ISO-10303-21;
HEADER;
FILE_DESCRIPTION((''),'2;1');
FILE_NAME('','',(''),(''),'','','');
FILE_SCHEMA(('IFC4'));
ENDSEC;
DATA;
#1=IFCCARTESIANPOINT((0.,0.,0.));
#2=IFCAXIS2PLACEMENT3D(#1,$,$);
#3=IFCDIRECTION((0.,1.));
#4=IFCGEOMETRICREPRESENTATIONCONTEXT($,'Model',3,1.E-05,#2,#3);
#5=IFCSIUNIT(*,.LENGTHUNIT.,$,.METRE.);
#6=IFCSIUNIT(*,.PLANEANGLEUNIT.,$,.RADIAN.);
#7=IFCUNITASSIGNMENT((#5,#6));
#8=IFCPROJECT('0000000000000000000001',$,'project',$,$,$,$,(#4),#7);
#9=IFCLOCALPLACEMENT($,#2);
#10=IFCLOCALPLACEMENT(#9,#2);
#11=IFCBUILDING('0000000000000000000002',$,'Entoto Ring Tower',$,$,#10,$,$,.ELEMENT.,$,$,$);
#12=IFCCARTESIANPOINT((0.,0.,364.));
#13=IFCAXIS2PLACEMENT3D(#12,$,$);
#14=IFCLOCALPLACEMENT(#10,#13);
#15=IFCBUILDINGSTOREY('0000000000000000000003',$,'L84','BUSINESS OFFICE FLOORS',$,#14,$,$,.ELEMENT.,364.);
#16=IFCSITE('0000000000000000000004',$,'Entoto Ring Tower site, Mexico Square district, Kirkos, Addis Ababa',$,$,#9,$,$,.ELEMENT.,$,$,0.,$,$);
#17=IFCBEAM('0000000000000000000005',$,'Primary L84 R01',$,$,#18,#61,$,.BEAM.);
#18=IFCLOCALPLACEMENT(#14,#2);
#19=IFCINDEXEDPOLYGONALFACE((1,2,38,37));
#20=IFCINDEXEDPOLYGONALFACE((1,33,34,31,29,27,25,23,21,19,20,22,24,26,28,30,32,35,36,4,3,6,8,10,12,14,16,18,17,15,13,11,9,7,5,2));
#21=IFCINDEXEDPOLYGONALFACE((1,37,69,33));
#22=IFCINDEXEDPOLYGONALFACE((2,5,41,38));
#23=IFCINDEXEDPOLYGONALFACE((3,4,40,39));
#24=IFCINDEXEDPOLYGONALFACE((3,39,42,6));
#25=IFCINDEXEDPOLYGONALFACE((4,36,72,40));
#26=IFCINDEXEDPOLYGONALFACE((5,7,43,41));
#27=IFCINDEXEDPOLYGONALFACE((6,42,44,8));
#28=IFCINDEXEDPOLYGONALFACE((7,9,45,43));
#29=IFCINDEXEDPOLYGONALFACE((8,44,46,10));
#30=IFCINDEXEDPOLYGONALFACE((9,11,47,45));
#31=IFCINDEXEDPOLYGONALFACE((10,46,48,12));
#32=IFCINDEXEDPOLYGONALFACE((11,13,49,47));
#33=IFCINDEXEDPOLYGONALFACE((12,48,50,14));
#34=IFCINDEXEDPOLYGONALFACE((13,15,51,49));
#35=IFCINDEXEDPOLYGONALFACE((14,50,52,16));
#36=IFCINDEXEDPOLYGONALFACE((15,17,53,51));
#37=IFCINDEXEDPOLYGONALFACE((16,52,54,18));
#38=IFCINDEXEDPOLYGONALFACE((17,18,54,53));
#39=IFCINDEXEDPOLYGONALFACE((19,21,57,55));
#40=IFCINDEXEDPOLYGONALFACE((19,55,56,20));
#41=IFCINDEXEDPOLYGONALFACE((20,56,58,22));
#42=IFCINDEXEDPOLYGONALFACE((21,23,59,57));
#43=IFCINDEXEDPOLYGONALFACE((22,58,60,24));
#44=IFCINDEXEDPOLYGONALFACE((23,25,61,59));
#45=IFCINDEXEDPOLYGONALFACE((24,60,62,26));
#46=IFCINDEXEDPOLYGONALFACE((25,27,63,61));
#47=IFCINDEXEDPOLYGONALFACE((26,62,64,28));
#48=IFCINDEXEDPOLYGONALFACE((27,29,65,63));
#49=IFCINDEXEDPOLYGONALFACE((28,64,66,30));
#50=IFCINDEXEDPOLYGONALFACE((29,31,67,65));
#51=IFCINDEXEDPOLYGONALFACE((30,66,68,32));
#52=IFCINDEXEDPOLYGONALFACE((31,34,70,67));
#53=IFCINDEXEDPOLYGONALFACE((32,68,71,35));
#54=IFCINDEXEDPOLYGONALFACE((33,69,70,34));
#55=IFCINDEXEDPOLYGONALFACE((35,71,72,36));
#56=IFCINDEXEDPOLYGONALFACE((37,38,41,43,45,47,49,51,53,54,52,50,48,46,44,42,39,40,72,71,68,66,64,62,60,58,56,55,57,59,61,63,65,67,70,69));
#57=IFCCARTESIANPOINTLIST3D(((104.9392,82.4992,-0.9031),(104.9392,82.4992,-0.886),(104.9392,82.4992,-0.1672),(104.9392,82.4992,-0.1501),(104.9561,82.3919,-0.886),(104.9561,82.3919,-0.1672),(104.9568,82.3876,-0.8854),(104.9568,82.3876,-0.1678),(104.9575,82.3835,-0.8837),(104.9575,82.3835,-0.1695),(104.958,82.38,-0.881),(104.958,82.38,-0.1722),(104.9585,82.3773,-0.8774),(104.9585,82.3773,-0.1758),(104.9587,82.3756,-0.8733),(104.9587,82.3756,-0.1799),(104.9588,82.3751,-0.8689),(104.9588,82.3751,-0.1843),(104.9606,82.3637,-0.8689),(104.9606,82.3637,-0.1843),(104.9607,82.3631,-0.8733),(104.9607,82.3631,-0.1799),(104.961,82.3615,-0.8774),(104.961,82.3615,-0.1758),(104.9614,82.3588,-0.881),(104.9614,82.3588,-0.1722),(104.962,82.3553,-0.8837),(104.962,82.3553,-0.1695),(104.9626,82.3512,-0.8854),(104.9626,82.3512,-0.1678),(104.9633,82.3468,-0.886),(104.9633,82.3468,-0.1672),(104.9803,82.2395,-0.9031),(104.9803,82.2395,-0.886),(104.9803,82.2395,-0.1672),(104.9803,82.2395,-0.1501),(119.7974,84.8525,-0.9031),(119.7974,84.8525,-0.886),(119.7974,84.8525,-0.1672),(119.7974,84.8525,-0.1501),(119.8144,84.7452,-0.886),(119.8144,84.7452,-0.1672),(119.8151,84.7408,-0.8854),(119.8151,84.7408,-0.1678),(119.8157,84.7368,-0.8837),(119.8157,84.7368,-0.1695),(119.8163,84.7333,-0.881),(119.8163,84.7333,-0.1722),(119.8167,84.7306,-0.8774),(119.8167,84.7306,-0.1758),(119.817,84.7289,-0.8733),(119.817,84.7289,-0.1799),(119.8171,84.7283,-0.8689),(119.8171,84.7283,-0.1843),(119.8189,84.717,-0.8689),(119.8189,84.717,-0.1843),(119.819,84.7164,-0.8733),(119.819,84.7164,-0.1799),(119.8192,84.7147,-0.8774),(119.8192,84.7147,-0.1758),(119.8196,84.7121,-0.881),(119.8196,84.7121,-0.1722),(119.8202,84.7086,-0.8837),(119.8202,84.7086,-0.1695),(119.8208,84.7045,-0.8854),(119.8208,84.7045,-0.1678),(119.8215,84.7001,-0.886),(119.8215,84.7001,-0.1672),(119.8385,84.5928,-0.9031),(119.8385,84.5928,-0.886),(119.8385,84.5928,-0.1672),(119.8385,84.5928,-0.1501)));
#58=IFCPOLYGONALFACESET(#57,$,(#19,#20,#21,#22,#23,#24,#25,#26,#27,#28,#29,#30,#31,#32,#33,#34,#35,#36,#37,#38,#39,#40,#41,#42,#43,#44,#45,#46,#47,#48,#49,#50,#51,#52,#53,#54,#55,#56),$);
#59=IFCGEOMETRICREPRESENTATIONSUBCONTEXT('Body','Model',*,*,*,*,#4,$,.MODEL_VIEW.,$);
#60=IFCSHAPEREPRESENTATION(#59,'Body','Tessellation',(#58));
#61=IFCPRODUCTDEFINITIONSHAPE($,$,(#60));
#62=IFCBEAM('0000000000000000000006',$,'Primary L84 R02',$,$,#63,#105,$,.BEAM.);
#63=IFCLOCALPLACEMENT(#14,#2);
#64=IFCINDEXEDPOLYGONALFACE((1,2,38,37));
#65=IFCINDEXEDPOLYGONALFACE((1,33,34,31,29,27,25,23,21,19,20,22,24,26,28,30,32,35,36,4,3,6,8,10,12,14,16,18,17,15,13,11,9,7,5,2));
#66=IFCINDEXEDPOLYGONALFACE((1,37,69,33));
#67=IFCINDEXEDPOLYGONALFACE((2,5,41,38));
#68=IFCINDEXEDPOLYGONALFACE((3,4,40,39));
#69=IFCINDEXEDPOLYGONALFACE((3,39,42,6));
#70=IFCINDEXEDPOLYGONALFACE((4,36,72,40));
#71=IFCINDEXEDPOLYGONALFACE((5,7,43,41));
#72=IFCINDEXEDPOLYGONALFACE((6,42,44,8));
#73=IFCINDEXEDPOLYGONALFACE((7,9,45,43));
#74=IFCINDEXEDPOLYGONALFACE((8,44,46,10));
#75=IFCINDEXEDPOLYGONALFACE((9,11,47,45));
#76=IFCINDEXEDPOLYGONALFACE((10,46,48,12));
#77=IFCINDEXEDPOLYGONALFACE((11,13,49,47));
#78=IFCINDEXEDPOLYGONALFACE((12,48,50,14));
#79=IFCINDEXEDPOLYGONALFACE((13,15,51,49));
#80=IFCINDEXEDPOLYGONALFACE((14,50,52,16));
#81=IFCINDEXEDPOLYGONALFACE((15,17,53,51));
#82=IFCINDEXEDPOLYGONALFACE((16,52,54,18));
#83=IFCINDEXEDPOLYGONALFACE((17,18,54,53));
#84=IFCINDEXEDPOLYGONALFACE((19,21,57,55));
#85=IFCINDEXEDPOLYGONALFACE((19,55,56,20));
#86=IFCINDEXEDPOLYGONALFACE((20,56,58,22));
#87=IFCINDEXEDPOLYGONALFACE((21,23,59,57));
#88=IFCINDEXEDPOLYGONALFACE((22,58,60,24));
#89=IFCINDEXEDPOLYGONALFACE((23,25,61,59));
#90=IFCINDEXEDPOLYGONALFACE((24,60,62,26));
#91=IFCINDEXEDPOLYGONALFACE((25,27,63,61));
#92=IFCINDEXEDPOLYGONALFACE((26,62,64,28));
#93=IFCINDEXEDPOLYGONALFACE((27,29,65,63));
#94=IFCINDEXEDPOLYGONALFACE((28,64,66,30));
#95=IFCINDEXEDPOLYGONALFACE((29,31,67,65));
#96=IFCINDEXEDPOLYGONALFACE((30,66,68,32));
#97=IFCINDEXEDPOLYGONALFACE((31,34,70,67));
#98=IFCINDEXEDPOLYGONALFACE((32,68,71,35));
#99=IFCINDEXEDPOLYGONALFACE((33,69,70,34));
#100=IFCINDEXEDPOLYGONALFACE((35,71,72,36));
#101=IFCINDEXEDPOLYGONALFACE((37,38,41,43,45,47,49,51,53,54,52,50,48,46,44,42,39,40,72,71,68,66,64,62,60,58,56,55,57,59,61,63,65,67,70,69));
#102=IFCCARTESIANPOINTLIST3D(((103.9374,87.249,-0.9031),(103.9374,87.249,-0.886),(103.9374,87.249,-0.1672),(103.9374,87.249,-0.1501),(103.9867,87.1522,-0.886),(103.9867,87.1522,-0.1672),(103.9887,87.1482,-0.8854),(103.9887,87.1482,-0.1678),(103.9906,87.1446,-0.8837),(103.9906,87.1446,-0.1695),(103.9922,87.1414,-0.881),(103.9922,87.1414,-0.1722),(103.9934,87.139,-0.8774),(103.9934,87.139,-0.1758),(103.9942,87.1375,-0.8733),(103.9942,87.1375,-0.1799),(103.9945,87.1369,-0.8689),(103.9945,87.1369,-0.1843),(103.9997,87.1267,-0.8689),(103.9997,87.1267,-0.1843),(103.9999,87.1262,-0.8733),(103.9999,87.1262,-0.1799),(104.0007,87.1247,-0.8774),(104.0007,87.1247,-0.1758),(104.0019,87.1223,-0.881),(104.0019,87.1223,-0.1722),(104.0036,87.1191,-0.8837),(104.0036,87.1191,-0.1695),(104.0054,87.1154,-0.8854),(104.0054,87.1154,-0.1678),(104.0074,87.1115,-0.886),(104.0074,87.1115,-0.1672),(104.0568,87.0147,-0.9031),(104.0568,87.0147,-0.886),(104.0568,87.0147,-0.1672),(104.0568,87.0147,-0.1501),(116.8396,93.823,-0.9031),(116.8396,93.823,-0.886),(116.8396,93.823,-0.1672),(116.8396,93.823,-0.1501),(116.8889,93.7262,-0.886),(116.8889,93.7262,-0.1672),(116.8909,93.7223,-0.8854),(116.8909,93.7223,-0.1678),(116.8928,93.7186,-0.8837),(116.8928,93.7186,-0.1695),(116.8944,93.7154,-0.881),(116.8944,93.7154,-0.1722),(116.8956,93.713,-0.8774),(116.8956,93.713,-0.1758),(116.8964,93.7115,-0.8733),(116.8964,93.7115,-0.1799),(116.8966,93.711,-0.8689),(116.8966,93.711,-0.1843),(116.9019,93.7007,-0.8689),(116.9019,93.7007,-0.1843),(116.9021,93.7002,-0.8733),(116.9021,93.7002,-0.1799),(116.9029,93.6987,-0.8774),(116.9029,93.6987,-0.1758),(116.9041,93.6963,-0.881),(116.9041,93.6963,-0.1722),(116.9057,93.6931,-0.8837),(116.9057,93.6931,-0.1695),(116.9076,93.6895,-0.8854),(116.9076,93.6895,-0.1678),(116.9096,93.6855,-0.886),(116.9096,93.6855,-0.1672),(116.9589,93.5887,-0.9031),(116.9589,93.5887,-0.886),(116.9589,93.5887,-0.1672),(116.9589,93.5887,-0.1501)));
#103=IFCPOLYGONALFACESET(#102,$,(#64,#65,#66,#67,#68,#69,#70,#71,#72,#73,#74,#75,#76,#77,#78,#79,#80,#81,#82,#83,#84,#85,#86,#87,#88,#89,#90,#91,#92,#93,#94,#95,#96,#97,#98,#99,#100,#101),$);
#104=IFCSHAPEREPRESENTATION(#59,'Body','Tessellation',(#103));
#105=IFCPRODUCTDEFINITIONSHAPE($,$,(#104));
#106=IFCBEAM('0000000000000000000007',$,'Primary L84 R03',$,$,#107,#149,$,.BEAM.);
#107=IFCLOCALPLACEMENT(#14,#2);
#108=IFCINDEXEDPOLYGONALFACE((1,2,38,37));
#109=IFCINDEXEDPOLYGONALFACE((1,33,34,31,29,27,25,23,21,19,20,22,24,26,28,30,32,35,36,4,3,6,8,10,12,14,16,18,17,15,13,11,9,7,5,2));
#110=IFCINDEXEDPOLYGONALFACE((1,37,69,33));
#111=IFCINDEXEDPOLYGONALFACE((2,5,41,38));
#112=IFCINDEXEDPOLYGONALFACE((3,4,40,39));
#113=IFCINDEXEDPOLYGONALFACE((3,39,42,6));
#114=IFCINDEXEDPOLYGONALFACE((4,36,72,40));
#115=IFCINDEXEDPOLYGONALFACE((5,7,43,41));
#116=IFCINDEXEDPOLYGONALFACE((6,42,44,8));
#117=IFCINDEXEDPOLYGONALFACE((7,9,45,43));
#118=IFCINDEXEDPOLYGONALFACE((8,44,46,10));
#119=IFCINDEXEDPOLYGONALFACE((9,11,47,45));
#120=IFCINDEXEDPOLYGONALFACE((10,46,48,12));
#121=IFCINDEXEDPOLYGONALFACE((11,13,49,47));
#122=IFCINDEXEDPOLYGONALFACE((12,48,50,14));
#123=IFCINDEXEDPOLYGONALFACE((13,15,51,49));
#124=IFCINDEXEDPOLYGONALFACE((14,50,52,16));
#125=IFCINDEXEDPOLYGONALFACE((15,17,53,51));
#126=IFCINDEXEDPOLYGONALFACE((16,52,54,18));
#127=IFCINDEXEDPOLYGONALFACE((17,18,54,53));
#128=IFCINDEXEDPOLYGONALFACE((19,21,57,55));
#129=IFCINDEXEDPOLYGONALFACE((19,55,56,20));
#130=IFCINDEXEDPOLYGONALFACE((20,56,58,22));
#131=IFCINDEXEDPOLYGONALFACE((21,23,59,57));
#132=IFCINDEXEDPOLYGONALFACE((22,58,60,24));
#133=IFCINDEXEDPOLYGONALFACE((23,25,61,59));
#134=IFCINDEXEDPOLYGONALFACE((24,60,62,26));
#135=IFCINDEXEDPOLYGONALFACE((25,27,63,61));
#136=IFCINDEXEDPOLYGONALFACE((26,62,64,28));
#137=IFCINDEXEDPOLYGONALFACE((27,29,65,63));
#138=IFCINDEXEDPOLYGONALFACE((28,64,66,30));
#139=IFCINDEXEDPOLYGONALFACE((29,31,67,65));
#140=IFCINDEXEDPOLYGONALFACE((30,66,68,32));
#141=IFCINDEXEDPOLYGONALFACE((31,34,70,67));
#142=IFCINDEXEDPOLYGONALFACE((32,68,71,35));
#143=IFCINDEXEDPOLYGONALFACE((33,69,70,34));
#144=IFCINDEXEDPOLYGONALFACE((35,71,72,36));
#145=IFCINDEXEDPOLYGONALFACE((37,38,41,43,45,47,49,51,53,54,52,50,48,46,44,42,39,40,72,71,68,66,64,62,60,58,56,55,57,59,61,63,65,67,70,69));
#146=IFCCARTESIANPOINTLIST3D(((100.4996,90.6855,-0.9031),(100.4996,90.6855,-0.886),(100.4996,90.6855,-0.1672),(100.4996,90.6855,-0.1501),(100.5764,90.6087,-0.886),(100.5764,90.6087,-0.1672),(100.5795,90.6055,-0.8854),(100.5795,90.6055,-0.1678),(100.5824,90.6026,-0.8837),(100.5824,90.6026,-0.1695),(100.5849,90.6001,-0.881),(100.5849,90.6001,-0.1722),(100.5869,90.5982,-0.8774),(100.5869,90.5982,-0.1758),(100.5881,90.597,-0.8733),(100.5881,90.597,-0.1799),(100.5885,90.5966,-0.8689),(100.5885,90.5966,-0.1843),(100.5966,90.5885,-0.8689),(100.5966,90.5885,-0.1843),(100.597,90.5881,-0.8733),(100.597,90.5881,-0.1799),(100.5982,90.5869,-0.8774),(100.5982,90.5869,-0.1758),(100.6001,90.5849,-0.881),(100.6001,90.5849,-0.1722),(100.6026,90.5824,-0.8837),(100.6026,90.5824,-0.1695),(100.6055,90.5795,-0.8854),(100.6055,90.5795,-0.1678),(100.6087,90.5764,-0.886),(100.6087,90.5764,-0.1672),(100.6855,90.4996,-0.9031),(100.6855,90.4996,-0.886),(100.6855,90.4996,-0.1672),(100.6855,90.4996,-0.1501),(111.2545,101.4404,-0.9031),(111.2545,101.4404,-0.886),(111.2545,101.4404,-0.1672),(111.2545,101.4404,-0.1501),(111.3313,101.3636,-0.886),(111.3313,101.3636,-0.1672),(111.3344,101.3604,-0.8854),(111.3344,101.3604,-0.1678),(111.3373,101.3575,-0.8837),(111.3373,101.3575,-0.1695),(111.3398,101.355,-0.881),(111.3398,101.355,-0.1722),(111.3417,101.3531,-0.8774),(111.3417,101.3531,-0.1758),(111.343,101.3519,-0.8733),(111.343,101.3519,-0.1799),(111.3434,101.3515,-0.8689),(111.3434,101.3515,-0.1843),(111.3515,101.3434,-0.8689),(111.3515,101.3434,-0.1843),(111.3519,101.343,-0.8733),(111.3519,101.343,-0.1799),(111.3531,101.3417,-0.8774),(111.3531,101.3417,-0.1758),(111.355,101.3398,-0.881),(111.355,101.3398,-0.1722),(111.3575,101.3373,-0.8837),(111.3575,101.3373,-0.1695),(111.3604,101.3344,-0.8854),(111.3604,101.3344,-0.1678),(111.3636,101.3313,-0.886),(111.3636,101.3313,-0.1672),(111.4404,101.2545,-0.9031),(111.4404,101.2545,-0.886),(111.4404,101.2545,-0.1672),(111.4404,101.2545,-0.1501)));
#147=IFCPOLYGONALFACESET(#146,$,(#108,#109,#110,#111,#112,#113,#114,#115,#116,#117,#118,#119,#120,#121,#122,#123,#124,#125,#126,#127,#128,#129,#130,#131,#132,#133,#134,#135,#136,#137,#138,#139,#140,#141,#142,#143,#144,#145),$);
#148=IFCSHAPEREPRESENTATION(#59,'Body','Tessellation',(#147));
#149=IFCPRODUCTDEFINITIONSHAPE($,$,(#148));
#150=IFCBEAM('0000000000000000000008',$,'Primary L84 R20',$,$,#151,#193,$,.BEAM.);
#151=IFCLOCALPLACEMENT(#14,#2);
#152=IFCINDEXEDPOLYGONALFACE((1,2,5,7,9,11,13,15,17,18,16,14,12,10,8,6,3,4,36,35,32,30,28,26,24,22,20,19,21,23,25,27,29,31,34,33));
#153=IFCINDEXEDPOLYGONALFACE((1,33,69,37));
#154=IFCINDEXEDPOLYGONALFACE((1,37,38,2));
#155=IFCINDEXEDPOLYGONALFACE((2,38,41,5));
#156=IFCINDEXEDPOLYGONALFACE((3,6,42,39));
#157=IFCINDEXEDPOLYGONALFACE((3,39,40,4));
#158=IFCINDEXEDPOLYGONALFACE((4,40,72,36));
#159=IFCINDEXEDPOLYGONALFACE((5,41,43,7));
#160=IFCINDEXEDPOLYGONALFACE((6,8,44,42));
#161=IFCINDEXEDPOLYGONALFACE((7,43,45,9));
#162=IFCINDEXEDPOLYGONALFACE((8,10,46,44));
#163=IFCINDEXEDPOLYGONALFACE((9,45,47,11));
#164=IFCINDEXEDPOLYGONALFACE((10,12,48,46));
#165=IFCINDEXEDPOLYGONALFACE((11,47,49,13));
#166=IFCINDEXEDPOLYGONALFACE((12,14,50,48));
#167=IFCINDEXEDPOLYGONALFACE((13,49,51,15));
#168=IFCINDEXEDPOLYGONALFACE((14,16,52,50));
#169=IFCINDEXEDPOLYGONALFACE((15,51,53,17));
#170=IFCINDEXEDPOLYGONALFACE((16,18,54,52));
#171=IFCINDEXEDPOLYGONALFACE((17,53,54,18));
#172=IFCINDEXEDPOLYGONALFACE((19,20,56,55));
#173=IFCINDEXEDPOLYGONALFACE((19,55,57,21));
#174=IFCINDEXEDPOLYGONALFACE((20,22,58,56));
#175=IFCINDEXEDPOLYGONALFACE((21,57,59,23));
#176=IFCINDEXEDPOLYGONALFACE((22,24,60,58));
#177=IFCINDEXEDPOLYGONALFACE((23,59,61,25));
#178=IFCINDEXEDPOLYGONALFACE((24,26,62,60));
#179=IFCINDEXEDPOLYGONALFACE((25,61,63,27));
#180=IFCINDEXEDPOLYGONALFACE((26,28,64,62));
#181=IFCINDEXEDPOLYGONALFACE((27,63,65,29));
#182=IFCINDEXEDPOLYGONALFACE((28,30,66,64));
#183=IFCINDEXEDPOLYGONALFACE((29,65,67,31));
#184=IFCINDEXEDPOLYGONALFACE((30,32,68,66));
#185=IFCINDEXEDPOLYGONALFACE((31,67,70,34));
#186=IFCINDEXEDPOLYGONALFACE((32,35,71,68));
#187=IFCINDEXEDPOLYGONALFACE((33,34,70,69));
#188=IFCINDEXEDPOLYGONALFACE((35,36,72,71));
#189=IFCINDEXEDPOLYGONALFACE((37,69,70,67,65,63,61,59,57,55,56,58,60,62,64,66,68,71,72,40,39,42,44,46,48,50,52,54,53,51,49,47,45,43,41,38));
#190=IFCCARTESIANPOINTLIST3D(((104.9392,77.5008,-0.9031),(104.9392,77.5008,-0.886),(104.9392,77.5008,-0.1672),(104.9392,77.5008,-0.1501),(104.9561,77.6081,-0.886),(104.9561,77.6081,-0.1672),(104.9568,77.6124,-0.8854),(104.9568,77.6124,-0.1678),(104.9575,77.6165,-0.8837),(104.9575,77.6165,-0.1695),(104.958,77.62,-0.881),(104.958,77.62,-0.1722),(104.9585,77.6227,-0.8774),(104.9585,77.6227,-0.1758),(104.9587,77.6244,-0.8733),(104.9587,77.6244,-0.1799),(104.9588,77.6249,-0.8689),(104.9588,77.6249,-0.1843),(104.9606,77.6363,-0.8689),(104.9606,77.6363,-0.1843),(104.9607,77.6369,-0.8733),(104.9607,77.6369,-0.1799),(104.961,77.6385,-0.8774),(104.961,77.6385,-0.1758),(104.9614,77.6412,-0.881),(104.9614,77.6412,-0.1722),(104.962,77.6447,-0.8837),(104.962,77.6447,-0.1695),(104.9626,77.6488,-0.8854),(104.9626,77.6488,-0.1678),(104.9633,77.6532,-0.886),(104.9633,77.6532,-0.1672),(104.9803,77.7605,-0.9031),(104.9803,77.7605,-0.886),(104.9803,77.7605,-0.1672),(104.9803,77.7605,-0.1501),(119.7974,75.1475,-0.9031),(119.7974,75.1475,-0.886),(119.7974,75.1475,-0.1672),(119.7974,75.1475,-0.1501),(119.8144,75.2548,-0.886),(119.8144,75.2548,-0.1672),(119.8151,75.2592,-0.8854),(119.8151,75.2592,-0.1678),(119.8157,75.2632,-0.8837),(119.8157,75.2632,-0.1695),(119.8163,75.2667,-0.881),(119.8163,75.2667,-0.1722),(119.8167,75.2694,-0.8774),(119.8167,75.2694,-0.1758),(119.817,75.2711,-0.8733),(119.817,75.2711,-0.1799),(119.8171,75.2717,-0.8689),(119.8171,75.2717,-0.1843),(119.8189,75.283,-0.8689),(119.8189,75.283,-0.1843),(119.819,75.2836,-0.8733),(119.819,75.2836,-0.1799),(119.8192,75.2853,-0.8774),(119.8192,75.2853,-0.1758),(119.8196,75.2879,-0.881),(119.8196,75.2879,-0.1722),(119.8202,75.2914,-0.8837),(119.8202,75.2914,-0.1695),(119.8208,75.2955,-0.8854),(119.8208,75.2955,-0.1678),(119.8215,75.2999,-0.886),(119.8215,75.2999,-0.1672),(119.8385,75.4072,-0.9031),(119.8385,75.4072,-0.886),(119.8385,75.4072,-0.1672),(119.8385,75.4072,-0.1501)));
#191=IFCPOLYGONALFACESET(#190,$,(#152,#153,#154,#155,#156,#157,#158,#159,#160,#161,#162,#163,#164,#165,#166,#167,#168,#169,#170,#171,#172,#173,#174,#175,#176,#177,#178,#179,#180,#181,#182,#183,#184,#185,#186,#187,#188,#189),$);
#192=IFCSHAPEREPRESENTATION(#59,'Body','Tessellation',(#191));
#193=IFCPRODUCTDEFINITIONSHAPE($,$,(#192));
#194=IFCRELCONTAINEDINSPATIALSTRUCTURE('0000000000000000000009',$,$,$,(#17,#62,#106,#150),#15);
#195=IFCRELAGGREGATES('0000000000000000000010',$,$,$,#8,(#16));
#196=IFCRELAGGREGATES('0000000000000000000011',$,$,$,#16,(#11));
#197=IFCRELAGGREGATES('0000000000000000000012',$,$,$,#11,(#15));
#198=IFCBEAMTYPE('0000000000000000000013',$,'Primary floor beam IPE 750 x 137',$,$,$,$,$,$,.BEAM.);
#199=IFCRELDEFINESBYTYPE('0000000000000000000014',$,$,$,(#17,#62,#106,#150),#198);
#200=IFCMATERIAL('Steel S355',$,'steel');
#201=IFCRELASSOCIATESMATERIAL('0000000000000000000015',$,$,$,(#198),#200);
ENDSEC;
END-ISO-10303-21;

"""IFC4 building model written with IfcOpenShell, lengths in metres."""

from ifc_helpers import new_model, si_unit, direction, frame, origin, origin_2d, place, context, subcontext, project, spatial, i_section, extrude, material, material_profile, profile_set, type_object, element, save


model = new_model("IFC4")

# Units and contexts
model_context = context("Model", 3, precision=1e-05, world=origin(), true_north=direction((0.0, 1.0)))
body_context = subcontext(model_context, "Body", "Model", "MODEL_VIEW")
ifc_project = project(units=[si_unit("LENGTHUNIT", "METRE"), si_unit("PLANEANGLEUNIT", "RADIAN")], contexts=[model_context])

# Site, building, storey
site_placement = place(None, origin())
site = spatial("IfcSite", under=ifc_project, at=site_placement, Name="Entoto Ring Tower site, Mexico Square district, Kirkos, Addis Ababa", CompositionType="ELEMENT", RefElevation=0.0)
building_placement = place(site_placement, origin())
building = spatial("IfcBuilding", under=site, at=building_placement, Name="Entoto Ring Tower", CompositionType="ELEMENT")
storey_placement = place(building_placement, frame((0.0, 0.0, 364.0)))
storey = spatial("IfcBuildingStorey", under=building, at=storey_placement, Name="L84", Description="BUSINESS OFFICE FLOORS", CompositionType="ELEMENT", Elevation=364.0)

# Beams
ifc_material_1 = material(Name="Steel S355", Category="steel")
ifc_material_profile_1 = material_profile(ifc_material_1, i_section(OverallWidth=0.2629, OverallDepth=0.7529, WebThickness=0.0115, FlangeThickness=0.0171, FilletRadius=0.0171, at=origin_2d()), Name="IPE 750 x 137")
ifc_profile_set_1 = profile_set([ifc_material_profile_1], Name="Steel S355")
beam_type_1 = type_object("IfcBeamType", Name="Primary floor beam IPE 750 x 137", PredefinedType="BEAM", material=ifc_profile_set_1)
beam_1_placement = place(storey_placement, frame((104.9597, 82.3694, -0.5266), z_axis=(0.987689, 0.156433, 0.0), x_axis=(-0.156433, 0.987689, 0.0)))
element("IfcBeam", 1, at=beam_1_placement, inside=storey, type_object=beam_type_1, Name="Primary L84 R01", PredefinedType="BEAM", context=body_context, shape_type="SweptSolid", body=[
    extrude(i_section(OverallWidth=0.2629, OverallDepth=0.7529, WebThickness=0.0115, FlangeThickness=0.0171, FilletRadius=0.0171, at=origin_2d()), origin(), (0.0, 0.0, 1.0), 15.0435),
])
beam_2_placement = place(storey_placement, frame((103.9971, 87.1318, -0.5266), z_axis=(0.891006, 0.453992, 0.0), x_axis=(-0.453992, 0.891006, 0.0)))
element("IfcBeam", 2, at=beam_2_placement, inside=storey, type_object=beam_type_1, Name="Primary L84 R02", PredefinedType="BEAM", context=body_context, shape_type="SweptSolid", body=[
    extrude(i_section(OverallWidth=0.2629, OverallDepth=0.7529, WebThickness=0.0115, FlangeThickness=0.0171, FilletRadius=0.0171, at=origin_2d()), origin(), (0.0, 0.0, 1.0), 14.4805),
])
beam_3_placement = place(storey_placement, frame((100.5925, 90.5925, -0.5266), z_axis=(0.707107, 0.707107, 0.0), x_axis=(-0.707107, 0.707107, 0.0)))
element("IfcBeam", 3, at=beam_3_placement, inside=storey, type_object=beam_type_1, Name="Primary L84 R03", PredefinedType="BEAM", context=body_context, shape_type="SweptSolid", body=[
    extrude(i_section(OverallWidth=0.2629, OverallDepth=0.7529, WebThickness=0.0115, FlangeThickness=0.0171, FilletRadius=0.0171, at=origin_2d()), origin(), (0.0, 0.0, 1.0), 15.2097),
])
beam_4_placement = place(storey_placement, frame((104.9597, 77.6306, -0.5266), z_axis=(0.987689, -0.156433, 0.0), x_axis=(0.156433, 0.987689, 0.0)))
element("IfcBeam", 4, at=beam_4_placement, inside=storey, type_object=beam_type_1, Name="Primary L84 R20", PredefinedType="BEAM", context=body_context, shape_type="SweptSolid", body=[
    extrude(i_section(OverallWidth=0.2629, OverallDepth=0.7529, WebThickness=0.0115, FlangeThickness=0.0171, FilletRadius=0.0171, at=origin_2d()), origin(), (0.0, 0.0, 1.0), 15.0435),
])

save(model, "model.ifc")
